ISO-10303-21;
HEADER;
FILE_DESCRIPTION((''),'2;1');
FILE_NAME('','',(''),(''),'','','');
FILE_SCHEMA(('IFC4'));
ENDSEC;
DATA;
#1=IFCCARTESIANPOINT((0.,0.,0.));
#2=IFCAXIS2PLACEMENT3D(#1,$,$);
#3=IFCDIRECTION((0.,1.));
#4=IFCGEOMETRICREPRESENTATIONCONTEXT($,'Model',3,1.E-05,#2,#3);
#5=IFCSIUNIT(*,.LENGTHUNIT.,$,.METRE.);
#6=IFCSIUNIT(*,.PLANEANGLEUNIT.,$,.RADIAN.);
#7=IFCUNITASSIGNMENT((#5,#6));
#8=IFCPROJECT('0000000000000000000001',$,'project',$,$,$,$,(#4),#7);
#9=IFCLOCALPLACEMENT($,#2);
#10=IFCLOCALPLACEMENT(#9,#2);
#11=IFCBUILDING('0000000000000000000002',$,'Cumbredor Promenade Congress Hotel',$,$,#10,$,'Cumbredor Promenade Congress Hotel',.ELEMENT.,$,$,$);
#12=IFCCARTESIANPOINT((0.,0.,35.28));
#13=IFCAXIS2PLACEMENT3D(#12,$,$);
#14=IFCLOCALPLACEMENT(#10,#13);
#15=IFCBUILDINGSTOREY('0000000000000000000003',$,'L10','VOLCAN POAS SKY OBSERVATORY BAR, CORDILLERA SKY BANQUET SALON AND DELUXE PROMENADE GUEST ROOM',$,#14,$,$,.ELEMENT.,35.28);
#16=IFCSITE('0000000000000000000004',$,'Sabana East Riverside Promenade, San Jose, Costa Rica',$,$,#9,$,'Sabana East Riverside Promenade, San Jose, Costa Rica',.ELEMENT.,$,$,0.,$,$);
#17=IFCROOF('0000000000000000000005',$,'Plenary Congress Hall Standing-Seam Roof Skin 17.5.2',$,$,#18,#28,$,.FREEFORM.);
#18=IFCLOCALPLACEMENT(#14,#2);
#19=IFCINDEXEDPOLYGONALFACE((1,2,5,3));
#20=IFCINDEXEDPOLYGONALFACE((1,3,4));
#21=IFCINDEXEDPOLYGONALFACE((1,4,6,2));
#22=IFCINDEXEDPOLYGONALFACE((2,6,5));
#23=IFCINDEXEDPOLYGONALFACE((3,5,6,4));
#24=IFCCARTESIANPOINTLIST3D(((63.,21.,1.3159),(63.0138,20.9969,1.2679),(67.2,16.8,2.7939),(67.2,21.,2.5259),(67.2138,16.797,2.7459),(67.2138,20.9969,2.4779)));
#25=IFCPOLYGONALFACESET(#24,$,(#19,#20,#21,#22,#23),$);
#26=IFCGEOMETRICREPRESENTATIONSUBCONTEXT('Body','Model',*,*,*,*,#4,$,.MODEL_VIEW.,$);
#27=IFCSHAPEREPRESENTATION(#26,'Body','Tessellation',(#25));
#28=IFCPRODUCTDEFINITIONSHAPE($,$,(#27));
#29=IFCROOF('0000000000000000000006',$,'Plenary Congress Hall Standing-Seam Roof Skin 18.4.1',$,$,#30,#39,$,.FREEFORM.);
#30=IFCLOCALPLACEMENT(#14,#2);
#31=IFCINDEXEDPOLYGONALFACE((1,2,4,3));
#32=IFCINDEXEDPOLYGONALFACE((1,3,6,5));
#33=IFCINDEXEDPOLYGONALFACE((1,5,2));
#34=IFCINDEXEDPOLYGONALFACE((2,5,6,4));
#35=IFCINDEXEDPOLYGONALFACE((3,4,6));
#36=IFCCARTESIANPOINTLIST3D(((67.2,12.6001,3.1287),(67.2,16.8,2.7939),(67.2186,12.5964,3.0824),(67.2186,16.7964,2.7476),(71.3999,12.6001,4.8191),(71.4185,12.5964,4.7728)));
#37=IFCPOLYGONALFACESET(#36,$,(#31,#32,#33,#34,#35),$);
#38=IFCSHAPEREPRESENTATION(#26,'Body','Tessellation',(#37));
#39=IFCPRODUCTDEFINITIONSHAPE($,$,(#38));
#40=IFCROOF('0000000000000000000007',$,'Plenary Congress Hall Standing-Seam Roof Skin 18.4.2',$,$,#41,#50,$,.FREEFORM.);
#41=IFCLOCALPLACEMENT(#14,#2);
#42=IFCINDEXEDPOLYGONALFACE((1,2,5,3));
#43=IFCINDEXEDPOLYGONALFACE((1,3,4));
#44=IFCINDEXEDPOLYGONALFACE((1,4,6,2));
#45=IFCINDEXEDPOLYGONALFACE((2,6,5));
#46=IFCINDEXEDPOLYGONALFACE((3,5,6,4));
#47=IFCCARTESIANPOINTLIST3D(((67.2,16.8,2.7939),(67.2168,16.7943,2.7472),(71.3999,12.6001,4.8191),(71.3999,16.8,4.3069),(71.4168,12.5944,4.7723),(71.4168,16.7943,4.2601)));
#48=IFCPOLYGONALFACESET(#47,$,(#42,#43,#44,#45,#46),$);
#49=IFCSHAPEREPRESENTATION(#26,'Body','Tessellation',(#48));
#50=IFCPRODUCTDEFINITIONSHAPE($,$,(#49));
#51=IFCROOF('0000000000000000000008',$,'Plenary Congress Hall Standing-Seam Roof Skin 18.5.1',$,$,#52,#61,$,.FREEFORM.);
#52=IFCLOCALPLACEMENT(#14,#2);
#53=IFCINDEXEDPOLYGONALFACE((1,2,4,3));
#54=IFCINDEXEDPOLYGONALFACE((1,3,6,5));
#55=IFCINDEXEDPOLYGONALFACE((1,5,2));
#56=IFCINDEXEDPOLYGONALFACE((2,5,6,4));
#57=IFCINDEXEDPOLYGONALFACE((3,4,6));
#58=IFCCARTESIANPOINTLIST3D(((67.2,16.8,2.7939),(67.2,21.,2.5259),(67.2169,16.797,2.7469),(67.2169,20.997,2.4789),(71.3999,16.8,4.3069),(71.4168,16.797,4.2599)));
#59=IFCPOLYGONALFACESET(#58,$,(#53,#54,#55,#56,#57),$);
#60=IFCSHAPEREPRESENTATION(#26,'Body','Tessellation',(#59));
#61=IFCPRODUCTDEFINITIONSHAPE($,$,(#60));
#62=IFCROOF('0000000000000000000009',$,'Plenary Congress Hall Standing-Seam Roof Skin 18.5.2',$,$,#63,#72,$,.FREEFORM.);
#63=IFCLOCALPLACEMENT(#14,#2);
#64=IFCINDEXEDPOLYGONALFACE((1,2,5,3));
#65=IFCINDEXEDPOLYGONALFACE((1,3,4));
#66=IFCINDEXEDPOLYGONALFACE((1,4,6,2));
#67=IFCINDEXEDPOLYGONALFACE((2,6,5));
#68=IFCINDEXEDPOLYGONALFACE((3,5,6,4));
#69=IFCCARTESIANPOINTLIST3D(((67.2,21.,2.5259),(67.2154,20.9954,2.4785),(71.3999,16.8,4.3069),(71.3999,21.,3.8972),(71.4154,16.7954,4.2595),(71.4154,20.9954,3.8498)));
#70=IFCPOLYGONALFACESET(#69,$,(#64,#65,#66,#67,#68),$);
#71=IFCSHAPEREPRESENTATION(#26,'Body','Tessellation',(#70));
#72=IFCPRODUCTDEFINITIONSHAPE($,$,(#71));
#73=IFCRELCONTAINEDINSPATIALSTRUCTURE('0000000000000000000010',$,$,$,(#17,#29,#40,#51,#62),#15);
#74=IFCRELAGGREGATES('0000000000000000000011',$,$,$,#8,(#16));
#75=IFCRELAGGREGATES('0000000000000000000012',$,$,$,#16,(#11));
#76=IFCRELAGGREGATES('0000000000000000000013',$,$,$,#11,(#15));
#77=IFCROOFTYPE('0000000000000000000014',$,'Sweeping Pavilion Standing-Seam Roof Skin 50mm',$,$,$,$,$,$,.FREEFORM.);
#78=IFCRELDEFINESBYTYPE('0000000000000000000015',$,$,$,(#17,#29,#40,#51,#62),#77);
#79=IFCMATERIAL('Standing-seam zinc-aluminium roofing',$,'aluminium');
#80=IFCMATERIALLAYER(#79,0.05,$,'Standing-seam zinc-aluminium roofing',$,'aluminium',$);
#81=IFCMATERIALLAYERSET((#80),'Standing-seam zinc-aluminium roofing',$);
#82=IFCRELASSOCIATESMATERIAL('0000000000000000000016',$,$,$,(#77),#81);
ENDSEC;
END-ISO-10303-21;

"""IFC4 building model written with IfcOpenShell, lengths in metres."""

from ifc_helpers import new_model, si_unit, direction, frame, origin, place, context, subcontext, project, spatial, polyline, outline, extrude, material, layer, layer_set, type_object, element, save


model = new_model("IFC4")

# Units and contexts
model_context = context("Model", 3, precision=1e-05, world=origin(), true_north=direction((0.0, 1.0)))
body_context = subcontext(model_context, "Body", "Model", "MODEL_VIEW")
ifc_project = project(units=[si_unit("LENGTHUNIT", "METRE"), si_unit("PLANEANGLEUNIT", "RADIAN")], contexts=[model_context])

# Site, building, storey
site_placement = place(None, origin())
site = spatial("IfcSite", under=ifc_project, at=site_placement, Name="Sabana East Riverside Promenade, San Jose, Costa Rica", LongName="Sabana East Riverside Promenade, San Jose, Costa Rica", CompositionType="ELEMENT", RefElevation=0.0)
building_placement = place(site_placement, origin())
building = spatial("IfcBuilding", under=site, at=building_placement, Name="Cumbredor Promenade Congress Hotel", LongName="Cumbredor Promenade Congress Hotel", CompositionType="ELEMENT")
storey_placement = place(building_placement, frame((0.0, 0.0, 35.28)))
storey = spatial("IfcBuildingStorey", under=building, at=storey_placement, Name="L10", Description="VOLCAN POAS SKY OBSERVATORY BAR, CORDILLERA SKY BANQUET SALON AND DELUXE PROMENADE GUEST ROOM", CompositionType="ELEMENT", Elevation=35.28)

# Roofs
ifc_material_1 = material(Name="Standing-seam zinc-aluminium roofing", Category="aluminium")
ifc_layer_1 = layer(ifc_material_1, 0.05, Name="Standing-seam zinc-aluminium roofing", Category="aluminium")
ifc_layer_set_1 = layer_set([ifc_layer_1], Name="Standing-seam zinc-aluminium roofing")
roof_type = type_object("IfcRoofType", Name="Sweeping Pavilion Standing-Seam Roof Skin 50mm", PredefinedType="FREEFORM", material=ifc_layer_set_1)
roof_1_placement = place(storey_placement, frame((67.2, 16.8, 2.7939), z_axis=(-0.276311, 0.061217, 0.959117), x_axis=(0.0, 0.997969, -0.063696)))
element("IfcRoof", 1, at=roof_1_placement, inside=storey, type_object=roof_type, Name="Plenary Congress Hall Standing-Seam Roof Skin 17.5.2", PredefinedType="FREEFORM", context=body_context, shape_type="SweptSolid", body=[
    extrude(outline(polyline([(0.0, 0.0), (4.2085, 0.0), (4.2856, 4.3701), (0.0, 0.0)])), origin(), (0.0, 0.0, -1.0), 0.05),
])
roof_2_placement = place(storey_placement, frame((67.2, 12.6001, 3.1287), z_axis=(-0.372363, 0.07373, 0.925154), x_axis=(0.927679, 0.0, 0.373379)))
element("IfcRoof", 2, at=roof_2_placement, inside=storey, type_object=roof_type, Name="Plenary Congress Hall Standing-Seam Roof Skin 18.4.1", PredefinedType="FREEFORM", context=body_context, shape_type="SweptSolid", body=[
    extrude(outline(polyline([(0.0, 0.0), (4.5274, 0.0), (-0.125, 4.2114), (0.0, 0.0)])), origin(), (0.0, 0.0, -1.0), 0.05),
])
roof_3_placement = place(storey_placement, frame((71.3999, 12.6001, 4.8191), z_axis=(-0.3367, 0.11399, 0.934687), x_axis=(0.0, 0.992645, -0.121059)))
element("IfcRoof", 3, at=roof_3_placement, inside=storey, type_object=roof_type, Name="Plenary Congress Hall Standing-Seam Roof Skin 18.4.2", PredefinedType="FREEFORM", context=body_context, shape_type="SweptSolid", body=[
    extrude(outline(polyline([(0.0, 0.0), (4.2311, 0.0), (4.4142, 4.4604), (0.0, 0.0)])), origin(), (0.0, 0.0, -1.0), 0.05),
])
roof_4_placement = place(storey_placement, frame((67.2, 16.8, 2.7939), z_axis=(-0.3383, 0.059941, 0.939127), x_axis=(0.940819, 0.0, 0.338909)))
element("IfcRoof", 4, at=roof_4_placement, inside=storey, type_object=roof_type, Name="Plenary Congress Hall Standing-Seam Roof Skin 18.5.1", PredefinedType="FREEFORM", context=body_context, shape_type="SweptSolid", body=[
    extrude(outline(polyline([(0.0, 0.0), (4.4641, 0.0), (-0.0909, 4.2075), (0.0, 0.0)])), origin(), (0.0, 0.0, -1.0), 0.05),
])
roof_5_placement = place(storey_placement, frame((71.3999, 16.8, 4.3069), z_axis=(-0.309061, 0.092328, 0.94655), x_axis=(0.0, 0.995277, -0.09708)))
element("IfcRoof", 5, at=roof_5_placement, inside=storey, type_object=roof_type, Name="Plenary Congress Hall Standing-Seam Roof Skin 18.5.2", PredefinedType="FREEFORM", context=body_context, shape_type="SweptSolid", body=[
    extrude(outline(polyline([(0.0, 0.0), (4.2199, 0.0), (4.353, 4.4162), (0.0, 0.0)])), origin(), (0.0, 0.0, -1.0), 0.05),
])

save(model, "model.ifc")
